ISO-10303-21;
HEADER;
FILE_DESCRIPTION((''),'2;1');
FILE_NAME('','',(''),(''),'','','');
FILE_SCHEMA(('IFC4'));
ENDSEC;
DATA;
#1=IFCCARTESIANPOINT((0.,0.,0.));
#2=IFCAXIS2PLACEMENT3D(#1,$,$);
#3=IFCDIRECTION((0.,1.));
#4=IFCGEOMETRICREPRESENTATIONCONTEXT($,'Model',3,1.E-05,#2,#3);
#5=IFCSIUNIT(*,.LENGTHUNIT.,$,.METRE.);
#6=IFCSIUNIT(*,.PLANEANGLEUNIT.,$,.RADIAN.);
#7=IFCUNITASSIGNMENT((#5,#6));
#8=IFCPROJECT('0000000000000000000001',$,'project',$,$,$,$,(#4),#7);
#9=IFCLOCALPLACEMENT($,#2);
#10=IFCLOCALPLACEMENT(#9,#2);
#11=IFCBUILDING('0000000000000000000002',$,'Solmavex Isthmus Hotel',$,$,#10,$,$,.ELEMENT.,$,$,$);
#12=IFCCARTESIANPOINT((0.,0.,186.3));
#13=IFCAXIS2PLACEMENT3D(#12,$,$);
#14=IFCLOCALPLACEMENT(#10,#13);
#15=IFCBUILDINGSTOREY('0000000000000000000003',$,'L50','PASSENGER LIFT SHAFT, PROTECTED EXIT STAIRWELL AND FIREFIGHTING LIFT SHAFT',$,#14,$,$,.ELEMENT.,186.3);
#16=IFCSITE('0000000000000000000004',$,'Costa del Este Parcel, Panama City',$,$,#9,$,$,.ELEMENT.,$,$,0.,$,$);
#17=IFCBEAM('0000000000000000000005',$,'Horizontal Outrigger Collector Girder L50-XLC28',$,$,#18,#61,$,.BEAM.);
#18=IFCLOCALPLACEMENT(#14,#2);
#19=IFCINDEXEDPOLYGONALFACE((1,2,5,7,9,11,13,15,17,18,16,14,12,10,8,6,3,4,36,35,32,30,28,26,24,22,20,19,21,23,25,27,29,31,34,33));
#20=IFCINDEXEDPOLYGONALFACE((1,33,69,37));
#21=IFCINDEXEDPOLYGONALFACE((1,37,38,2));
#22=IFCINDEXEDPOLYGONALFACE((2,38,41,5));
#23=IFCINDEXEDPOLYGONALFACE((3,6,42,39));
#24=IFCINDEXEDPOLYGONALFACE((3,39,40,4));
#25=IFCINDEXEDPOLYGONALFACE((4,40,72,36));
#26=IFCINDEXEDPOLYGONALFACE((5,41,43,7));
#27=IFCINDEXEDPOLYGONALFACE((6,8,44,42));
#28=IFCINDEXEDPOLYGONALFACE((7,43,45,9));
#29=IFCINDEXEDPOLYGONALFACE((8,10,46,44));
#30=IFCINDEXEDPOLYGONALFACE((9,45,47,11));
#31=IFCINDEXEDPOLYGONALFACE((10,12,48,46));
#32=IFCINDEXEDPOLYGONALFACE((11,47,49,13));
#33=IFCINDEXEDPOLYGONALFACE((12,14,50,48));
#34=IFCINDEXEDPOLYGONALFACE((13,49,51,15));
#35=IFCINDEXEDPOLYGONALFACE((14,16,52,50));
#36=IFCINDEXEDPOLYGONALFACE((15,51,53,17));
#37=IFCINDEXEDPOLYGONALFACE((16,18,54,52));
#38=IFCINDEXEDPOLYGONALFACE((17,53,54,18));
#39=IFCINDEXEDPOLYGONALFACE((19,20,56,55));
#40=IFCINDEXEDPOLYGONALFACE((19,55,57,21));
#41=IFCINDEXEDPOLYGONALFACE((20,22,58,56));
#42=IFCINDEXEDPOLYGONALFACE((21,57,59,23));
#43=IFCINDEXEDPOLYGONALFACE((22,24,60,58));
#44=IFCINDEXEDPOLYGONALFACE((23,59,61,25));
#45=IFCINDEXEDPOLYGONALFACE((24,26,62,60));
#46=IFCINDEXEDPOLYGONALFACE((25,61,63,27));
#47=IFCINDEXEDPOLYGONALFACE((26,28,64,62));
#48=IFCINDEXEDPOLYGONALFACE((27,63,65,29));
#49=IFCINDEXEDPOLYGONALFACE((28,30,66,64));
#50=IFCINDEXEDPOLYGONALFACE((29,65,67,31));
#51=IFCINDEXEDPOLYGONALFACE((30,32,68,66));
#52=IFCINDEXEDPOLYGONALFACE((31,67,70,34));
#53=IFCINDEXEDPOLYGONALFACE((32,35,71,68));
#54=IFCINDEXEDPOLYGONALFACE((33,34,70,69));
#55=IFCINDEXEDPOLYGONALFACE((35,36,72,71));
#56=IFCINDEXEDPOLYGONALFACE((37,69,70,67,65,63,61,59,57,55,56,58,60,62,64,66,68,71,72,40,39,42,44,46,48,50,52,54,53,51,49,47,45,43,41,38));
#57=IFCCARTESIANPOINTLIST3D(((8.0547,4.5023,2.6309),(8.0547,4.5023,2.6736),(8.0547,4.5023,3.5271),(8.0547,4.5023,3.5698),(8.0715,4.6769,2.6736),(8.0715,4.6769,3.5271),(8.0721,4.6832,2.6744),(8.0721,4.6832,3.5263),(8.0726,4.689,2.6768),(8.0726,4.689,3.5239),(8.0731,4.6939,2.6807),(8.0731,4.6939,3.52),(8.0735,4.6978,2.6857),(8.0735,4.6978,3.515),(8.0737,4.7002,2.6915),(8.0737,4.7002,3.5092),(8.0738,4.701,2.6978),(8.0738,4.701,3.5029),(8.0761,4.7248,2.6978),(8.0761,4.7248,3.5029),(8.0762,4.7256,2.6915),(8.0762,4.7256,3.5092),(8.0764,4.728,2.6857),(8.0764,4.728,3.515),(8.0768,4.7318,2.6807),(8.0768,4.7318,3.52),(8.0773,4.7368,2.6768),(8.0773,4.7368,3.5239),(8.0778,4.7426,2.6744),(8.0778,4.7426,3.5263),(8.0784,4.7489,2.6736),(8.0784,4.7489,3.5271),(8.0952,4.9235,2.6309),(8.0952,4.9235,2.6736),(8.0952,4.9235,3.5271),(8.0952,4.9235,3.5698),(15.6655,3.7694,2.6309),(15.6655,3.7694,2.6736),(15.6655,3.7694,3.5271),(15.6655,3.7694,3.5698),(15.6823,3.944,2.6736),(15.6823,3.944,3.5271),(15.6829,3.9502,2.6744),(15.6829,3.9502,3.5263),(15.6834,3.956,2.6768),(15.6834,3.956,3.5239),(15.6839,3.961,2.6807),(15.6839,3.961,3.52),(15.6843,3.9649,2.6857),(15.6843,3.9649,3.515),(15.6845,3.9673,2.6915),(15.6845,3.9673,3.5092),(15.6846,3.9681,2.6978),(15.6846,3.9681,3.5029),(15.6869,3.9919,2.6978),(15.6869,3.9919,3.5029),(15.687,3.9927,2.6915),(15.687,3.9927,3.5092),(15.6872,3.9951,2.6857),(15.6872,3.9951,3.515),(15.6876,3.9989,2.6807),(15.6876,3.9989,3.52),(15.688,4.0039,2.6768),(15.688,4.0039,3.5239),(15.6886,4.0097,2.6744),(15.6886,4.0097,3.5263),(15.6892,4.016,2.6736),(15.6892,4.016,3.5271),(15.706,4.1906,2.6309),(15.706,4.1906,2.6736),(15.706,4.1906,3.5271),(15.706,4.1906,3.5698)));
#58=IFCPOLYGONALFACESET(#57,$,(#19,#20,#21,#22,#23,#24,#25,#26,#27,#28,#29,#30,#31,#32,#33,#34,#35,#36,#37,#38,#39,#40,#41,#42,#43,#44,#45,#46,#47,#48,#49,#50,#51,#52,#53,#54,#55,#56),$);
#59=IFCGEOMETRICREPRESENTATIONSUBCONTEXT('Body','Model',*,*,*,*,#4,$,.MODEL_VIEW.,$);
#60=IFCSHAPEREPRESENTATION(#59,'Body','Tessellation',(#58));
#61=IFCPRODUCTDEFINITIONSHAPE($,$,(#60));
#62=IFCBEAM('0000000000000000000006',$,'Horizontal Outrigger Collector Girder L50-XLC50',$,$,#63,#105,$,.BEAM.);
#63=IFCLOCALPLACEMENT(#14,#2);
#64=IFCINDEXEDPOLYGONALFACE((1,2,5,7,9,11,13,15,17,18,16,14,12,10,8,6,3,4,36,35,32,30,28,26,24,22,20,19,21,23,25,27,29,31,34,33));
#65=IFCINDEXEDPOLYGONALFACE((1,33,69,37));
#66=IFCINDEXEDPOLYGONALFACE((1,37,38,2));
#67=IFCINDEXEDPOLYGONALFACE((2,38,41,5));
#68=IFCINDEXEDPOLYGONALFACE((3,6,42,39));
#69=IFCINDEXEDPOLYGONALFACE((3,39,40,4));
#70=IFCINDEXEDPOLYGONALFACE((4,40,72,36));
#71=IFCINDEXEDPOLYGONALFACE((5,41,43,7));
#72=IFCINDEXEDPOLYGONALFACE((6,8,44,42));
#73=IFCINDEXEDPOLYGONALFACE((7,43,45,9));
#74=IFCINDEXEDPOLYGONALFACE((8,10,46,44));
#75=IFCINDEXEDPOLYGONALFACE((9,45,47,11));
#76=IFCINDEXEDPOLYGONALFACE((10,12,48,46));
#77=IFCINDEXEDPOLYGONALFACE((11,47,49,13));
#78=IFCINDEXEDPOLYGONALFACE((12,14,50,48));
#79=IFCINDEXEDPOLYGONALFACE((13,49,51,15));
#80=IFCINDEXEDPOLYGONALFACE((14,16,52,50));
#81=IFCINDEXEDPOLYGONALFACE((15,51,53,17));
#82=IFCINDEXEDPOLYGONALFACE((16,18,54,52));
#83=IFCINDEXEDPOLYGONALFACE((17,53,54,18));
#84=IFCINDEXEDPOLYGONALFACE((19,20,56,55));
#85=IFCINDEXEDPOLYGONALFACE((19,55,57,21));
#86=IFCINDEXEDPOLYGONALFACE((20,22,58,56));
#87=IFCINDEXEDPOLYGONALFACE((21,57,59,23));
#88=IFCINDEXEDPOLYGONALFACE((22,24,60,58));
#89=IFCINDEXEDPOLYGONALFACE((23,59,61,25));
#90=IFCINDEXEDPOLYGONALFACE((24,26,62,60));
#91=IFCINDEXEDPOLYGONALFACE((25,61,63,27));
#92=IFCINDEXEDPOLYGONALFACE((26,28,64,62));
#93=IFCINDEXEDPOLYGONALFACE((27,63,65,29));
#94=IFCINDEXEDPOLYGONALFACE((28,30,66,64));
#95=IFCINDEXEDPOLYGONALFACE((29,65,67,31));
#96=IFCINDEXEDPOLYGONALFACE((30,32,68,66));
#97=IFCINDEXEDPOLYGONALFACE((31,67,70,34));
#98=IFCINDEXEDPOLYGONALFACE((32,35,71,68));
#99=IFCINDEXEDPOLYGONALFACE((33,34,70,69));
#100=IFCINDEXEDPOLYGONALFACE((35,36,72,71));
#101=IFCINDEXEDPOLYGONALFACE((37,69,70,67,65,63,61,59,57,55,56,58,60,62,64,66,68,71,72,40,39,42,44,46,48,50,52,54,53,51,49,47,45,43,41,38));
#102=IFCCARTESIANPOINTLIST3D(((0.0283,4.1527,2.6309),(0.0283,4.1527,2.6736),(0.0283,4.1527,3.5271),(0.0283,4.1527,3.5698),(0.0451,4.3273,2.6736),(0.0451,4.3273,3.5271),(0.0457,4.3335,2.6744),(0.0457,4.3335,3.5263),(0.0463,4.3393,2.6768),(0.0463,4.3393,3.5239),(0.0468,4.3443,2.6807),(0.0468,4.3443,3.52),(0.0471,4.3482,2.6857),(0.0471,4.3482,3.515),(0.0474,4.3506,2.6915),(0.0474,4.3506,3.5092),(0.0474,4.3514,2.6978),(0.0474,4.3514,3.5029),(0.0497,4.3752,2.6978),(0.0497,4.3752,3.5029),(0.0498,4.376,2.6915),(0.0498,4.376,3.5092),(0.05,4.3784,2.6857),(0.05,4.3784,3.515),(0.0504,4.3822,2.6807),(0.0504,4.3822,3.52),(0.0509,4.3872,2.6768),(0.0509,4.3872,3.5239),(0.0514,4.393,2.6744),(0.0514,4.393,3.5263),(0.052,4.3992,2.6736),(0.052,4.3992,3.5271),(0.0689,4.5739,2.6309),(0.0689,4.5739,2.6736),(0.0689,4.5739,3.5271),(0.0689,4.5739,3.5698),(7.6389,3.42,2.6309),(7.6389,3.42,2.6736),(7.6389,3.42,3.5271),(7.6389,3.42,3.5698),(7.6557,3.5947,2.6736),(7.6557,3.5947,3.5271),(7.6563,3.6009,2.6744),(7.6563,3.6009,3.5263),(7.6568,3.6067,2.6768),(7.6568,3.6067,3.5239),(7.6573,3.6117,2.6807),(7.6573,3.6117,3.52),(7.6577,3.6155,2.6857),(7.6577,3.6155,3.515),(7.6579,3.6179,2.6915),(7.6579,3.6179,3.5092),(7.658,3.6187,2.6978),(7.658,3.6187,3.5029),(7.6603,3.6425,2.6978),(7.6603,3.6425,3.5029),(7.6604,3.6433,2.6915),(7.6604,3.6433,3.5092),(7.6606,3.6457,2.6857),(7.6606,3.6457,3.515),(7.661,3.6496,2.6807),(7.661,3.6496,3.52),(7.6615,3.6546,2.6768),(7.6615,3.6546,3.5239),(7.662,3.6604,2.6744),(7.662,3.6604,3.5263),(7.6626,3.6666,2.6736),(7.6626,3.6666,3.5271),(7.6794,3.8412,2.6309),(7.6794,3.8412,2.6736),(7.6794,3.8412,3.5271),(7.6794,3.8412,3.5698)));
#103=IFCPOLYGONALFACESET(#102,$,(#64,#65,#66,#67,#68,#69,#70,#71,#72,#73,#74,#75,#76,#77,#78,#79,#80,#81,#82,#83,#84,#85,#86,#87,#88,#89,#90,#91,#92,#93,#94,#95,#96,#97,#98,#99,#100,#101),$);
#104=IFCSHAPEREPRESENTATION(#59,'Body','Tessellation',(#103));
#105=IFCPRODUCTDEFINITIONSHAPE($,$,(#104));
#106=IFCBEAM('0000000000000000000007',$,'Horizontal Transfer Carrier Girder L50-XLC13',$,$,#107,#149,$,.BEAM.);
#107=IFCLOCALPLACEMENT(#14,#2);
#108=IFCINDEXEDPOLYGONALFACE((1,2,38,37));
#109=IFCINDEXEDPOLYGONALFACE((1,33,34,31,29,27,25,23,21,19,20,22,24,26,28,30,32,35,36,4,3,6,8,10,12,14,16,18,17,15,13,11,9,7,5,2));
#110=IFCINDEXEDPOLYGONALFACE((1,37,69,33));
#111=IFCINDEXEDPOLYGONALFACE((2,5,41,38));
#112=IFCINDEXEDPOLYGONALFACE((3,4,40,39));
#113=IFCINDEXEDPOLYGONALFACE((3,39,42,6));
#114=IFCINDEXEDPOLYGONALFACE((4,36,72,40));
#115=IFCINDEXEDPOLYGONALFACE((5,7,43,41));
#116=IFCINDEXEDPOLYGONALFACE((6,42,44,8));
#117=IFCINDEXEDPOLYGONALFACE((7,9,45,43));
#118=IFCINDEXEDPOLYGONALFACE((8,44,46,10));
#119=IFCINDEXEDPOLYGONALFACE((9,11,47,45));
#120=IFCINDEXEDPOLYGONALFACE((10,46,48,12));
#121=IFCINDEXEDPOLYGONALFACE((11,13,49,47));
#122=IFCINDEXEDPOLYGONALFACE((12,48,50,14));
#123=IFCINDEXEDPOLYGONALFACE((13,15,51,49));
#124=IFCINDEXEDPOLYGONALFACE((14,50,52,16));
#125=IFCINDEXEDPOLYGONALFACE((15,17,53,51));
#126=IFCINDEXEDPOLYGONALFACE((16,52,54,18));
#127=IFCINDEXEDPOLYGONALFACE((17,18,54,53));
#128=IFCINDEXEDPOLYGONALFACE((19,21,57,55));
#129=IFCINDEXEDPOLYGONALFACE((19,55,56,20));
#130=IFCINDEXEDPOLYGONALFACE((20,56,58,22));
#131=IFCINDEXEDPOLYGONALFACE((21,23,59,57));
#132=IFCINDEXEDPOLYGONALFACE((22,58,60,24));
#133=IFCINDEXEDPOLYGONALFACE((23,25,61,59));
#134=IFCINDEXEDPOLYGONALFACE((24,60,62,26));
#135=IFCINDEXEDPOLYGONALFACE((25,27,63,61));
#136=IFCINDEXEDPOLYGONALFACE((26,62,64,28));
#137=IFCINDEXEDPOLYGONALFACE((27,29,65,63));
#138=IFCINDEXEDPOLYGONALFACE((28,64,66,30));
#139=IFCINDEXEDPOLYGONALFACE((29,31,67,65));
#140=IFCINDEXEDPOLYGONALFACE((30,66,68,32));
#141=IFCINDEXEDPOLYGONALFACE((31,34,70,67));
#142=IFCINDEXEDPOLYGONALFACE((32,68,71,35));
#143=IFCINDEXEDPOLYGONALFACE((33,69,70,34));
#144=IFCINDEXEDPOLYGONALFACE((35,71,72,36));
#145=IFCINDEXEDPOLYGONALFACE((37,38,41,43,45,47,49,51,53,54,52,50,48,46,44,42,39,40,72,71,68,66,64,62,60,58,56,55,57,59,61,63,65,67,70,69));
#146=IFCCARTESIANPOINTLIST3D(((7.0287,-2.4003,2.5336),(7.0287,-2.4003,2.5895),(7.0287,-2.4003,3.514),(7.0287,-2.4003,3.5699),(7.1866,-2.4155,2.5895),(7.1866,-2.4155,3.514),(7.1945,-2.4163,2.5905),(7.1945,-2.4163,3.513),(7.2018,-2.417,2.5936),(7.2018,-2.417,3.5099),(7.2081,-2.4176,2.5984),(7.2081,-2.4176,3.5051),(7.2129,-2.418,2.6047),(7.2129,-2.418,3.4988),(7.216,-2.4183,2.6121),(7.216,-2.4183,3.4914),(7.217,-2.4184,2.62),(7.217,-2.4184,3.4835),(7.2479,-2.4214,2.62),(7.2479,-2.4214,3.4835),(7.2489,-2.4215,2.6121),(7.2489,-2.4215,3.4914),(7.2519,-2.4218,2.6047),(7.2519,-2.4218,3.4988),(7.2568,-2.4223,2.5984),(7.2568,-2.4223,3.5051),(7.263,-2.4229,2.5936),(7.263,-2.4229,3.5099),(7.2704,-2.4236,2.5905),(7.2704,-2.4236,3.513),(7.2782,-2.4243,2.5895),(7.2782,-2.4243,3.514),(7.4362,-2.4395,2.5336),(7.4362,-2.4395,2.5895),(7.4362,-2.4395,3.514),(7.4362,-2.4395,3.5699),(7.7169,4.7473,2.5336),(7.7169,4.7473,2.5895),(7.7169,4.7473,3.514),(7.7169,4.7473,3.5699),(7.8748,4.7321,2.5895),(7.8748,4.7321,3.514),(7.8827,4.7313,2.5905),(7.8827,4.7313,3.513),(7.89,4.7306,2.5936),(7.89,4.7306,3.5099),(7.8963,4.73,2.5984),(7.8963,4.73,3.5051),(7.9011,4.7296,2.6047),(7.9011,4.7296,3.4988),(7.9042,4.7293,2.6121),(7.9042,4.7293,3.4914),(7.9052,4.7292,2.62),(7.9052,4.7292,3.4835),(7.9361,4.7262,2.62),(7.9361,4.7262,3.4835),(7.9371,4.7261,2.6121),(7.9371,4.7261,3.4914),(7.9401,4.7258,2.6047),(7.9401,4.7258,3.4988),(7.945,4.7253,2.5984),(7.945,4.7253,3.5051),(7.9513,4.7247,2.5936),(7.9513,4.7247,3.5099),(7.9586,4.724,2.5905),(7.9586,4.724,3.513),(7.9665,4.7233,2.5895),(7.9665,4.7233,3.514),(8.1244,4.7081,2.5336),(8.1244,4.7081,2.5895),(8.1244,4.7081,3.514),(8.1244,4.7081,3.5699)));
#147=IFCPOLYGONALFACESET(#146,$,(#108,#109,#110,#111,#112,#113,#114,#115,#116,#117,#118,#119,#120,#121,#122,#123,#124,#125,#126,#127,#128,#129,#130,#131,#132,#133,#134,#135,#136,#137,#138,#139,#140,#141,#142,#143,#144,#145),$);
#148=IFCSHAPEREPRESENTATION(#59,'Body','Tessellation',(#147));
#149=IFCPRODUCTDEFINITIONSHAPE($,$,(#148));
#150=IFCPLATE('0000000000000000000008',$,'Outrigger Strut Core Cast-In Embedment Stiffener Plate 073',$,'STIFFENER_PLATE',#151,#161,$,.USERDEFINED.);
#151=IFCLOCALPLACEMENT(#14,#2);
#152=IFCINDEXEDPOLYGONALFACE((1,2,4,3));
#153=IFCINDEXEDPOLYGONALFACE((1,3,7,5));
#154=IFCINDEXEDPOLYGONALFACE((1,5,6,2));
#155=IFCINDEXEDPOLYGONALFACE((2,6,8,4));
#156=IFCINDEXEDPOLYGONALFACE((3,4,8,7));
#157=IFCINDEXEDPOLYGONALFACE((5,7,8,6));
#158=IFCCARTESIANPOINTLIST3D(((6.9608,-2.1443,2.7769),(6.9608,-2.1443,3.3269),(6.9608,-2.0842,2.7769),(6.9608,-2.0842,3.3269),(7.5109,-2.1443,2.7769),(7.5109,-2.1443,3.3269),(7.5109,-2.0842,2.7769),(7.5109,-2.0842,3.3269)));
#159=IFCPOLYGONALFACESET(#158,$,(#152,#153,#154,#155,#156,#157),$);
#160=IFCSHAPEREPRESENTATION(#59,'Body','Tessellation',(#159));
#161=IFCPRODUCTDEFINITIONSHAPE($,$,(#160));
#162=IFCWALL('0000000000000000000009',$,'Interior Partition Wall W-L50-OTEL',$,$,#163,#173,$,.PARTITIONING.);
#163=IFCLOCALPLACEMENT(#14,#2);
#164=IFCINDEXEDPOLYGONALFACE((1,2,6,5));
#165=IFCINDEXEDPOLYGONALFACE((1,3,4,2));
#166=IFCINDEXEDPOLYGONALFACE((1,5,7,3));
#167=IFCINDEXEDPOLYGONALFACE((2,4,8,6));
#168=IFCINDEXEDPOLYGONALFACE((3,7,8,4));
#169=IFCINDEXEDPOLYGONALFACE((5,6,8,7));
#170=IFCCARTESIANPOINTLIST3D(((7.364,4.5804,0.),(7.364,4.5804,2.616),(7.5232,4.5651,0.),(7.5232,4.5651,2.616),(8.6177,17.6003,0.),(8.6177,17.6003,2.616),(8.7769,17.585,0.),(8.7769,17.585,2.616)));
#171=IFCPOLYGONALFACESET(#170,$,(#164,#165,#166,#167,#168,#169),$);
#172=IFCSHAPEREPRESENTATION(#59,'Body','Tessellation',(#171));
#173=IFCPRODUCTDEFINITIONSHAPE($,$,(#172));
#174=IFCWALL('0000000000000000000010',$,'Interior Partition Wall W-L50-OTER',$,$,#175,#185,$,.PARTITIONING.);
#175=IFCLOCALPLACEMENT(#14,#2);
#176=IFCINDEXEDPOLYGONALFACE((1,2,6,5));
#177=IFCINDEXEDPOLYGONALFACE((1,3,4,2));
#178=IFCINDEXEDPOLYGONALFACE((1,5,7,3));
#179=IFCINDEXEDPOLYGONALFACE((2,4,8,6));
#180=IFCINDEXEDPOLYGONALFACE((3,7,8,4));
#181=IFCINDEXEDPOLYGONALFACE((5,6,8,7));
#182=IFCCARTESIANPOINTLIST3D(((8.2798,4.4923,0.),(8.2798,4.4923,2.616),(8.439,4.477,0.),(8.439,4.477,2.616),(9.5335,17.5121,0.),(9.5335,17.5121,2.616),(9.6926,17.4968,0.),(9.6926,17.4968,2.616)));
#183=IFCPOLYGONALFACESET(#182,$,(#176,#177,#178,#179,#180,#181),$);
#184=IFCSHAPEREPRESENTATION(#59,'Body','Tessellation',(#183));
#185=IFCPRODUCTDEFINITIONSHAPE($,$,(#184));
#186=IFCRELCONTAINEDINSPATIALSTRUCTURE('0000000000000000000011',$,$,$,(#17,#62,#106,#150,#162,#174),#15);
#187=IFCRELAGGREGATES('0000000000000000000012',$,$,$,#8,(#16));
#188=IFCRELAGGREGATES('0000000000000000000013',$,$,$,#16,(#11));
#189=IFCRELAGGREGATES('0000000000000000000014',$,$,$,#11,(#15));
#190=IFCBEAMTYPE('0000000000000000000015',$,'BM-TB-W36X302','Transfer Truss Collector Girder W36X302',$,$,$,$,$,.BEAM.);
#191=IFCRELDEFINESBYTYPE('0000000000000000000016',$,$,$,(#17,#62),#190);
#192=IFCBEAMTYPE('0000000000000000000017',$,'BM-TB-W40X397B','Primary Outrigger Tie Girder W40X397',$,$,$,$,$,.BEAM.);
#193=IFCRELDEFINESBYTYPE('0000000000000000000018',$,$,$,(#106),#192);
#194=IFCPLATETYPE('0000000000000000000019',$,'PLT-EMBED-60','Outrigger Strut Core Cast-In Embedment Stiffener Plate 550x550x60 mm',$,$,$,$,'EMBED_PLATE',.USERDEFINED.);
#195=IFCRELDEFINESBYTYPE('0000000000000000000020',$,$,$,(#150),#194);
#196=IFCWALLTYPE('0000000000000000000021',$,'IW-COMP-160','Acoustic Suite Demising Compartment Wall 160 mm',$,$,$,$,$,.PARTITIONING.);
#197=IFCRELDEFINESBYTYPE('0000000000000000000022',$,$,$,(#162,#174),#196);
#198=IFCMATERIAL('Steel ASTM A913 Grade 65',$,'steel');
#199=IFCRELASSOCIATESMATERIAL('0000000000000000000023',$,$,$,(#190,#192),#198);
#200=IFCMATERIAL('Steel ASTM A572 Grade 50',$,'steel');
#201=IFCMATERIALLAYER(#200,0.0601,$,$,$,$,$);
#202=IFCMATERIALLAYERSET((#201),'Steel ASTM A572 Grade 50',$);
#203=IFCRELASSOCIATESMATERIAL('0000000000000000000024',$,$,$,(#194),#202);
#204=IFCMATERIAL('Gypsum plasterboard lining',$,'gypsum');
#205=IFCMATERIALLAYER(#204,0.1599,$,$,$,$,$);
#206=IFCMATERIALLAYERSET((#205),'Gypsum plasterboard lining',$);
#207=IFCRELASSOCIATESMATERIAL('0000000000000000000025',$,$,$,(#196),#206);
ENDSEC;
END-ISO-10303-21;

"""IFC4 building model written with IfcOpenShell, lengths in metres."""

from ifc_helpers import new_model, si_unit, direction, frame, frame_2d, origin, origin_2d, place, context, subcontext, project, spatial, rectangle, i_section, extrude, material, layer, layer_set, material_profile, profile_set, type_object, element, save


model = new_model("IFC4")

# Units and contexts
model_context = context("Model", 3, precision=1e-05, world=origin(), true_north=direction((0.0, 1.0)))
body_context = subcontext(model_context, "Body", "Model", "MODEL_VIEW")
ifc_project = project(units=[si_unit("LENGTHUNIT", "METRE"), si_unit("PLANEANGLEUNIT", "RADIAN")], contexts=[model_context])

# Site, building, storey
site_placement = place(None, origin())
site = spatial("IfcSite", under=ifc_project, at=site_placement, Name="Costa del Este Parcel, Panama City", CompositionType="ELEMENT", RefElevation=0.0)
building_placement = place(site_placement, origin())
building = spatial("IfcBuilding", under=site, at=building_placement, Name="Solmavex Isthmus Hotel", CompositionType="ELEMENT")
storey_placement = place(building_placement, frame((0.0, 0.0, 186.3)))
storey = spatial("IfcBuildingStorey", under=building, at=storey_placement, Name="L50", Description="PASSENGER LIFT SHAFT, PROTECTED EXIT STAIRWELL AND FIREFIGHTING LIFT SHAFT", CompositionType="ELEMENT", Elevation=186.3)

# Shared definitions
ifc_material_1 = material(Name="Steel ASTM A913 Grade 65", Category="steel")

# Beams
ifc_material_profile_1 = material_profile(ifc_material_1, i_section(OverallWidth=0.4231, OverallDepth=0.939, WebThickness=0.0239, FlangeThickness=0.0427, FilletRadius=0.0242, at=origin_2d()), Name="W36X302")
ifc_profile_set_1 = profile_set([ifc_material_profile_1], Name="Steel ASTM A913 Grade 65")
beam_type_1 = type_object("IfcBeamType", Name="BM-TB-W36X302", Description="Transfer Truss Collector Girder W36X302", PredefinedType="BEAM", material=ifc_profile_set_1)
beam_1_placement = place(storey_placement, frame((8.075, 4.7129, 3.1003), z_axis=(0.995395, -0.095855, 0.0), x_axis=(0.095855, 0.995395, 0.0)))
element("IfcBeam", 1, at=beam_1_placement, inside=storey, type_object=beam_type_1, Name="Horizontal Outrigger Collector Girder L50-XLC28", PredefinedType="BEAM", context=body_context, shape_type="SweptSolid", body=[
    extrude(i_section(OverallWidth=0.4231, OverallDepth=0.939, WebThickness=0.0239, FlangeThickness=0.0427, FilletRadius=0.0242, at=origin_2d()), origin(), (0.0, 0.0, 1.0), 7.646),
])
beam_2_placement = place(storey_placement, frame((0.0486, 4.3633, 3.1003), z_axis=(0.995398, -0.095826, 0.0), x_axis=(0.095826, 0.995398, 0.0)))
element("IfcBeam", 2, at=beam_2_placement, inside=storey, type_object=beam_type_1, Name="Horizontal Outrigger Collector Girder L50-XLC50", PredefinedType="BEAM", context=body_context, shape_type="SweptSolid", body=[
    extrude(i_section(OverallWidth=0.4231, OverallDepth=0.939, WebThickness=0.0239, FlangeThickness=0.0427, FilletRadius=0.0242, at=origin_2d()), origin(), (0.0, 0.0, 1.0), 7.6458),
])
ifc_material_profile_2 = material_profile(ifc_material_1, i_section(OverallWidth=0.4094, OverallDepth=1.0364, WebThickness=0.031, FlangeThickness=0.0559, FilletRadius=0.0305, at=origin_2d()), Name="W40X397")
ifc_profile_set_2 = profile_set([ifc_material_profile_2], Name="Steel ASTM A913 Grade 65")
beam_type_2 = type_object("IfcBeamType", Name="BM-TB-W40X397B", Description="Primary Outrigger Tie Girder W40X397", PredefinedType="BEAM", material=ifc_profile_set_2)
beam_3_placement = place(storey_placement, frame((7.2324, -2.4199, 3.0518), z_axis=(0.095844, 0.995396, 0.0), x_axis=(-0.995396, 0.095844, 0.0)))
element("IfcBeam", 3, at=beam_3_placement, inside=storey, type_object=beam_type_2, Name="Horizontal Transfer Carrier Girder L50-XLC13", PredefinedType="BEAM", context=body_context, shape_type="SweptSolid", body=[
    extrude(i_section(OverallWidth=0.4094, OverallDepth=1.0364, WebThickness=0.031, FlangeThickness=0.0559, FilletRadius=0.0305, at=origin_2d()), origin(), (0.0, 0.0, 1.0), 7.1807),
])

# Plate
ifc_material_2 = material(Name="Steel ASTM A572 Grade 50", Category="steel")
ifc_layer_1 = layer(ifc_material_2, 0.0601)
ifc_layer_set_1 = layer_set([ifc_layer_1], Name="Steel ASTM A572 Grade 50")
plate_type = type_object("IfcPlateType", Name="PLT-EMBED-60", Description="Outrigger Strut Core Cast-In Embedment Stiffener Plate 550x550x60 mm", ElementType="EMBED_PLATE", PredefinedType="USERDEFINED", material=ifc_layer_set_1)
plate_placement = place(storey_placement, frame((7.2358, -2.1143, 2.7769), z_axis=(0.0, 0.0, 1.0), x_axis=(1.0, 0.0, 0.0)))
element("IfcPlate", 4, at=plate_placement, inside=storey, type_object=plate_type, Name="Outrigger Strut Core Cast-In Embedment Stiffener Plate 073", ObjectType="STIFFENER_PLATE", PredefinedType="USERDEFINED", context=body_context, shape_type="SweptSolid", body=[
    extrude(rectangle(XDim=0.55, YDim=0.0601, at=origin_2d()), origin(), (0.0, 0.0, 1.0), 0.55),
])

# Walls
ifc_material_3 = material(Name="Gypsum plasterboard lining", Category="gypsum")
ifc_layer_2 = layer(ifc_material_3, 0.1599)
ifc_layer_set_2 = layer_set([ifc_layer_2], Name="Gypsum plasterboard lining")
wall_type_1 = type_object("IfcWallType", Name="IW-COMP-160", Description="Acoustic Suite Demising Compartment Wall 160 mm", PredefinedType="PARTITIONING", material=ifc_layer_set_2)
for number, where, z_axis, x_axis, name in (
    (5, (7.4436, 4.5728, 0.0), (0.0, 0.0, 1.0), (0.095846, 0.995396, 0.0), "Interior Partition Wall W-L50-OTEL"),
    (6, (8.3594, 4.4846, 0.0), (0.0, 0.0, 1.0), (0.095846, 0.995396, 0.0), "Interior Partition Wall W-L50-OTER"),
):
    element("IfcWall", number, at=place(storey_placement, frame(where, z_axis=z_axis, x_axis=x_axis)), inside=storey, type_object=wall_type_1, Name=name, PredefinedType="PARTITIONING", context=body_context, shape_type="SweptSolid", body=[
        extrude(rectangle(XDim=13.0801, YDim=0.1599, at=frame_2d((6.54, 0.0))), origin(), (0.0, 0.0, 1.0), 2.616),
    ])

save(model, "model.ifc")
